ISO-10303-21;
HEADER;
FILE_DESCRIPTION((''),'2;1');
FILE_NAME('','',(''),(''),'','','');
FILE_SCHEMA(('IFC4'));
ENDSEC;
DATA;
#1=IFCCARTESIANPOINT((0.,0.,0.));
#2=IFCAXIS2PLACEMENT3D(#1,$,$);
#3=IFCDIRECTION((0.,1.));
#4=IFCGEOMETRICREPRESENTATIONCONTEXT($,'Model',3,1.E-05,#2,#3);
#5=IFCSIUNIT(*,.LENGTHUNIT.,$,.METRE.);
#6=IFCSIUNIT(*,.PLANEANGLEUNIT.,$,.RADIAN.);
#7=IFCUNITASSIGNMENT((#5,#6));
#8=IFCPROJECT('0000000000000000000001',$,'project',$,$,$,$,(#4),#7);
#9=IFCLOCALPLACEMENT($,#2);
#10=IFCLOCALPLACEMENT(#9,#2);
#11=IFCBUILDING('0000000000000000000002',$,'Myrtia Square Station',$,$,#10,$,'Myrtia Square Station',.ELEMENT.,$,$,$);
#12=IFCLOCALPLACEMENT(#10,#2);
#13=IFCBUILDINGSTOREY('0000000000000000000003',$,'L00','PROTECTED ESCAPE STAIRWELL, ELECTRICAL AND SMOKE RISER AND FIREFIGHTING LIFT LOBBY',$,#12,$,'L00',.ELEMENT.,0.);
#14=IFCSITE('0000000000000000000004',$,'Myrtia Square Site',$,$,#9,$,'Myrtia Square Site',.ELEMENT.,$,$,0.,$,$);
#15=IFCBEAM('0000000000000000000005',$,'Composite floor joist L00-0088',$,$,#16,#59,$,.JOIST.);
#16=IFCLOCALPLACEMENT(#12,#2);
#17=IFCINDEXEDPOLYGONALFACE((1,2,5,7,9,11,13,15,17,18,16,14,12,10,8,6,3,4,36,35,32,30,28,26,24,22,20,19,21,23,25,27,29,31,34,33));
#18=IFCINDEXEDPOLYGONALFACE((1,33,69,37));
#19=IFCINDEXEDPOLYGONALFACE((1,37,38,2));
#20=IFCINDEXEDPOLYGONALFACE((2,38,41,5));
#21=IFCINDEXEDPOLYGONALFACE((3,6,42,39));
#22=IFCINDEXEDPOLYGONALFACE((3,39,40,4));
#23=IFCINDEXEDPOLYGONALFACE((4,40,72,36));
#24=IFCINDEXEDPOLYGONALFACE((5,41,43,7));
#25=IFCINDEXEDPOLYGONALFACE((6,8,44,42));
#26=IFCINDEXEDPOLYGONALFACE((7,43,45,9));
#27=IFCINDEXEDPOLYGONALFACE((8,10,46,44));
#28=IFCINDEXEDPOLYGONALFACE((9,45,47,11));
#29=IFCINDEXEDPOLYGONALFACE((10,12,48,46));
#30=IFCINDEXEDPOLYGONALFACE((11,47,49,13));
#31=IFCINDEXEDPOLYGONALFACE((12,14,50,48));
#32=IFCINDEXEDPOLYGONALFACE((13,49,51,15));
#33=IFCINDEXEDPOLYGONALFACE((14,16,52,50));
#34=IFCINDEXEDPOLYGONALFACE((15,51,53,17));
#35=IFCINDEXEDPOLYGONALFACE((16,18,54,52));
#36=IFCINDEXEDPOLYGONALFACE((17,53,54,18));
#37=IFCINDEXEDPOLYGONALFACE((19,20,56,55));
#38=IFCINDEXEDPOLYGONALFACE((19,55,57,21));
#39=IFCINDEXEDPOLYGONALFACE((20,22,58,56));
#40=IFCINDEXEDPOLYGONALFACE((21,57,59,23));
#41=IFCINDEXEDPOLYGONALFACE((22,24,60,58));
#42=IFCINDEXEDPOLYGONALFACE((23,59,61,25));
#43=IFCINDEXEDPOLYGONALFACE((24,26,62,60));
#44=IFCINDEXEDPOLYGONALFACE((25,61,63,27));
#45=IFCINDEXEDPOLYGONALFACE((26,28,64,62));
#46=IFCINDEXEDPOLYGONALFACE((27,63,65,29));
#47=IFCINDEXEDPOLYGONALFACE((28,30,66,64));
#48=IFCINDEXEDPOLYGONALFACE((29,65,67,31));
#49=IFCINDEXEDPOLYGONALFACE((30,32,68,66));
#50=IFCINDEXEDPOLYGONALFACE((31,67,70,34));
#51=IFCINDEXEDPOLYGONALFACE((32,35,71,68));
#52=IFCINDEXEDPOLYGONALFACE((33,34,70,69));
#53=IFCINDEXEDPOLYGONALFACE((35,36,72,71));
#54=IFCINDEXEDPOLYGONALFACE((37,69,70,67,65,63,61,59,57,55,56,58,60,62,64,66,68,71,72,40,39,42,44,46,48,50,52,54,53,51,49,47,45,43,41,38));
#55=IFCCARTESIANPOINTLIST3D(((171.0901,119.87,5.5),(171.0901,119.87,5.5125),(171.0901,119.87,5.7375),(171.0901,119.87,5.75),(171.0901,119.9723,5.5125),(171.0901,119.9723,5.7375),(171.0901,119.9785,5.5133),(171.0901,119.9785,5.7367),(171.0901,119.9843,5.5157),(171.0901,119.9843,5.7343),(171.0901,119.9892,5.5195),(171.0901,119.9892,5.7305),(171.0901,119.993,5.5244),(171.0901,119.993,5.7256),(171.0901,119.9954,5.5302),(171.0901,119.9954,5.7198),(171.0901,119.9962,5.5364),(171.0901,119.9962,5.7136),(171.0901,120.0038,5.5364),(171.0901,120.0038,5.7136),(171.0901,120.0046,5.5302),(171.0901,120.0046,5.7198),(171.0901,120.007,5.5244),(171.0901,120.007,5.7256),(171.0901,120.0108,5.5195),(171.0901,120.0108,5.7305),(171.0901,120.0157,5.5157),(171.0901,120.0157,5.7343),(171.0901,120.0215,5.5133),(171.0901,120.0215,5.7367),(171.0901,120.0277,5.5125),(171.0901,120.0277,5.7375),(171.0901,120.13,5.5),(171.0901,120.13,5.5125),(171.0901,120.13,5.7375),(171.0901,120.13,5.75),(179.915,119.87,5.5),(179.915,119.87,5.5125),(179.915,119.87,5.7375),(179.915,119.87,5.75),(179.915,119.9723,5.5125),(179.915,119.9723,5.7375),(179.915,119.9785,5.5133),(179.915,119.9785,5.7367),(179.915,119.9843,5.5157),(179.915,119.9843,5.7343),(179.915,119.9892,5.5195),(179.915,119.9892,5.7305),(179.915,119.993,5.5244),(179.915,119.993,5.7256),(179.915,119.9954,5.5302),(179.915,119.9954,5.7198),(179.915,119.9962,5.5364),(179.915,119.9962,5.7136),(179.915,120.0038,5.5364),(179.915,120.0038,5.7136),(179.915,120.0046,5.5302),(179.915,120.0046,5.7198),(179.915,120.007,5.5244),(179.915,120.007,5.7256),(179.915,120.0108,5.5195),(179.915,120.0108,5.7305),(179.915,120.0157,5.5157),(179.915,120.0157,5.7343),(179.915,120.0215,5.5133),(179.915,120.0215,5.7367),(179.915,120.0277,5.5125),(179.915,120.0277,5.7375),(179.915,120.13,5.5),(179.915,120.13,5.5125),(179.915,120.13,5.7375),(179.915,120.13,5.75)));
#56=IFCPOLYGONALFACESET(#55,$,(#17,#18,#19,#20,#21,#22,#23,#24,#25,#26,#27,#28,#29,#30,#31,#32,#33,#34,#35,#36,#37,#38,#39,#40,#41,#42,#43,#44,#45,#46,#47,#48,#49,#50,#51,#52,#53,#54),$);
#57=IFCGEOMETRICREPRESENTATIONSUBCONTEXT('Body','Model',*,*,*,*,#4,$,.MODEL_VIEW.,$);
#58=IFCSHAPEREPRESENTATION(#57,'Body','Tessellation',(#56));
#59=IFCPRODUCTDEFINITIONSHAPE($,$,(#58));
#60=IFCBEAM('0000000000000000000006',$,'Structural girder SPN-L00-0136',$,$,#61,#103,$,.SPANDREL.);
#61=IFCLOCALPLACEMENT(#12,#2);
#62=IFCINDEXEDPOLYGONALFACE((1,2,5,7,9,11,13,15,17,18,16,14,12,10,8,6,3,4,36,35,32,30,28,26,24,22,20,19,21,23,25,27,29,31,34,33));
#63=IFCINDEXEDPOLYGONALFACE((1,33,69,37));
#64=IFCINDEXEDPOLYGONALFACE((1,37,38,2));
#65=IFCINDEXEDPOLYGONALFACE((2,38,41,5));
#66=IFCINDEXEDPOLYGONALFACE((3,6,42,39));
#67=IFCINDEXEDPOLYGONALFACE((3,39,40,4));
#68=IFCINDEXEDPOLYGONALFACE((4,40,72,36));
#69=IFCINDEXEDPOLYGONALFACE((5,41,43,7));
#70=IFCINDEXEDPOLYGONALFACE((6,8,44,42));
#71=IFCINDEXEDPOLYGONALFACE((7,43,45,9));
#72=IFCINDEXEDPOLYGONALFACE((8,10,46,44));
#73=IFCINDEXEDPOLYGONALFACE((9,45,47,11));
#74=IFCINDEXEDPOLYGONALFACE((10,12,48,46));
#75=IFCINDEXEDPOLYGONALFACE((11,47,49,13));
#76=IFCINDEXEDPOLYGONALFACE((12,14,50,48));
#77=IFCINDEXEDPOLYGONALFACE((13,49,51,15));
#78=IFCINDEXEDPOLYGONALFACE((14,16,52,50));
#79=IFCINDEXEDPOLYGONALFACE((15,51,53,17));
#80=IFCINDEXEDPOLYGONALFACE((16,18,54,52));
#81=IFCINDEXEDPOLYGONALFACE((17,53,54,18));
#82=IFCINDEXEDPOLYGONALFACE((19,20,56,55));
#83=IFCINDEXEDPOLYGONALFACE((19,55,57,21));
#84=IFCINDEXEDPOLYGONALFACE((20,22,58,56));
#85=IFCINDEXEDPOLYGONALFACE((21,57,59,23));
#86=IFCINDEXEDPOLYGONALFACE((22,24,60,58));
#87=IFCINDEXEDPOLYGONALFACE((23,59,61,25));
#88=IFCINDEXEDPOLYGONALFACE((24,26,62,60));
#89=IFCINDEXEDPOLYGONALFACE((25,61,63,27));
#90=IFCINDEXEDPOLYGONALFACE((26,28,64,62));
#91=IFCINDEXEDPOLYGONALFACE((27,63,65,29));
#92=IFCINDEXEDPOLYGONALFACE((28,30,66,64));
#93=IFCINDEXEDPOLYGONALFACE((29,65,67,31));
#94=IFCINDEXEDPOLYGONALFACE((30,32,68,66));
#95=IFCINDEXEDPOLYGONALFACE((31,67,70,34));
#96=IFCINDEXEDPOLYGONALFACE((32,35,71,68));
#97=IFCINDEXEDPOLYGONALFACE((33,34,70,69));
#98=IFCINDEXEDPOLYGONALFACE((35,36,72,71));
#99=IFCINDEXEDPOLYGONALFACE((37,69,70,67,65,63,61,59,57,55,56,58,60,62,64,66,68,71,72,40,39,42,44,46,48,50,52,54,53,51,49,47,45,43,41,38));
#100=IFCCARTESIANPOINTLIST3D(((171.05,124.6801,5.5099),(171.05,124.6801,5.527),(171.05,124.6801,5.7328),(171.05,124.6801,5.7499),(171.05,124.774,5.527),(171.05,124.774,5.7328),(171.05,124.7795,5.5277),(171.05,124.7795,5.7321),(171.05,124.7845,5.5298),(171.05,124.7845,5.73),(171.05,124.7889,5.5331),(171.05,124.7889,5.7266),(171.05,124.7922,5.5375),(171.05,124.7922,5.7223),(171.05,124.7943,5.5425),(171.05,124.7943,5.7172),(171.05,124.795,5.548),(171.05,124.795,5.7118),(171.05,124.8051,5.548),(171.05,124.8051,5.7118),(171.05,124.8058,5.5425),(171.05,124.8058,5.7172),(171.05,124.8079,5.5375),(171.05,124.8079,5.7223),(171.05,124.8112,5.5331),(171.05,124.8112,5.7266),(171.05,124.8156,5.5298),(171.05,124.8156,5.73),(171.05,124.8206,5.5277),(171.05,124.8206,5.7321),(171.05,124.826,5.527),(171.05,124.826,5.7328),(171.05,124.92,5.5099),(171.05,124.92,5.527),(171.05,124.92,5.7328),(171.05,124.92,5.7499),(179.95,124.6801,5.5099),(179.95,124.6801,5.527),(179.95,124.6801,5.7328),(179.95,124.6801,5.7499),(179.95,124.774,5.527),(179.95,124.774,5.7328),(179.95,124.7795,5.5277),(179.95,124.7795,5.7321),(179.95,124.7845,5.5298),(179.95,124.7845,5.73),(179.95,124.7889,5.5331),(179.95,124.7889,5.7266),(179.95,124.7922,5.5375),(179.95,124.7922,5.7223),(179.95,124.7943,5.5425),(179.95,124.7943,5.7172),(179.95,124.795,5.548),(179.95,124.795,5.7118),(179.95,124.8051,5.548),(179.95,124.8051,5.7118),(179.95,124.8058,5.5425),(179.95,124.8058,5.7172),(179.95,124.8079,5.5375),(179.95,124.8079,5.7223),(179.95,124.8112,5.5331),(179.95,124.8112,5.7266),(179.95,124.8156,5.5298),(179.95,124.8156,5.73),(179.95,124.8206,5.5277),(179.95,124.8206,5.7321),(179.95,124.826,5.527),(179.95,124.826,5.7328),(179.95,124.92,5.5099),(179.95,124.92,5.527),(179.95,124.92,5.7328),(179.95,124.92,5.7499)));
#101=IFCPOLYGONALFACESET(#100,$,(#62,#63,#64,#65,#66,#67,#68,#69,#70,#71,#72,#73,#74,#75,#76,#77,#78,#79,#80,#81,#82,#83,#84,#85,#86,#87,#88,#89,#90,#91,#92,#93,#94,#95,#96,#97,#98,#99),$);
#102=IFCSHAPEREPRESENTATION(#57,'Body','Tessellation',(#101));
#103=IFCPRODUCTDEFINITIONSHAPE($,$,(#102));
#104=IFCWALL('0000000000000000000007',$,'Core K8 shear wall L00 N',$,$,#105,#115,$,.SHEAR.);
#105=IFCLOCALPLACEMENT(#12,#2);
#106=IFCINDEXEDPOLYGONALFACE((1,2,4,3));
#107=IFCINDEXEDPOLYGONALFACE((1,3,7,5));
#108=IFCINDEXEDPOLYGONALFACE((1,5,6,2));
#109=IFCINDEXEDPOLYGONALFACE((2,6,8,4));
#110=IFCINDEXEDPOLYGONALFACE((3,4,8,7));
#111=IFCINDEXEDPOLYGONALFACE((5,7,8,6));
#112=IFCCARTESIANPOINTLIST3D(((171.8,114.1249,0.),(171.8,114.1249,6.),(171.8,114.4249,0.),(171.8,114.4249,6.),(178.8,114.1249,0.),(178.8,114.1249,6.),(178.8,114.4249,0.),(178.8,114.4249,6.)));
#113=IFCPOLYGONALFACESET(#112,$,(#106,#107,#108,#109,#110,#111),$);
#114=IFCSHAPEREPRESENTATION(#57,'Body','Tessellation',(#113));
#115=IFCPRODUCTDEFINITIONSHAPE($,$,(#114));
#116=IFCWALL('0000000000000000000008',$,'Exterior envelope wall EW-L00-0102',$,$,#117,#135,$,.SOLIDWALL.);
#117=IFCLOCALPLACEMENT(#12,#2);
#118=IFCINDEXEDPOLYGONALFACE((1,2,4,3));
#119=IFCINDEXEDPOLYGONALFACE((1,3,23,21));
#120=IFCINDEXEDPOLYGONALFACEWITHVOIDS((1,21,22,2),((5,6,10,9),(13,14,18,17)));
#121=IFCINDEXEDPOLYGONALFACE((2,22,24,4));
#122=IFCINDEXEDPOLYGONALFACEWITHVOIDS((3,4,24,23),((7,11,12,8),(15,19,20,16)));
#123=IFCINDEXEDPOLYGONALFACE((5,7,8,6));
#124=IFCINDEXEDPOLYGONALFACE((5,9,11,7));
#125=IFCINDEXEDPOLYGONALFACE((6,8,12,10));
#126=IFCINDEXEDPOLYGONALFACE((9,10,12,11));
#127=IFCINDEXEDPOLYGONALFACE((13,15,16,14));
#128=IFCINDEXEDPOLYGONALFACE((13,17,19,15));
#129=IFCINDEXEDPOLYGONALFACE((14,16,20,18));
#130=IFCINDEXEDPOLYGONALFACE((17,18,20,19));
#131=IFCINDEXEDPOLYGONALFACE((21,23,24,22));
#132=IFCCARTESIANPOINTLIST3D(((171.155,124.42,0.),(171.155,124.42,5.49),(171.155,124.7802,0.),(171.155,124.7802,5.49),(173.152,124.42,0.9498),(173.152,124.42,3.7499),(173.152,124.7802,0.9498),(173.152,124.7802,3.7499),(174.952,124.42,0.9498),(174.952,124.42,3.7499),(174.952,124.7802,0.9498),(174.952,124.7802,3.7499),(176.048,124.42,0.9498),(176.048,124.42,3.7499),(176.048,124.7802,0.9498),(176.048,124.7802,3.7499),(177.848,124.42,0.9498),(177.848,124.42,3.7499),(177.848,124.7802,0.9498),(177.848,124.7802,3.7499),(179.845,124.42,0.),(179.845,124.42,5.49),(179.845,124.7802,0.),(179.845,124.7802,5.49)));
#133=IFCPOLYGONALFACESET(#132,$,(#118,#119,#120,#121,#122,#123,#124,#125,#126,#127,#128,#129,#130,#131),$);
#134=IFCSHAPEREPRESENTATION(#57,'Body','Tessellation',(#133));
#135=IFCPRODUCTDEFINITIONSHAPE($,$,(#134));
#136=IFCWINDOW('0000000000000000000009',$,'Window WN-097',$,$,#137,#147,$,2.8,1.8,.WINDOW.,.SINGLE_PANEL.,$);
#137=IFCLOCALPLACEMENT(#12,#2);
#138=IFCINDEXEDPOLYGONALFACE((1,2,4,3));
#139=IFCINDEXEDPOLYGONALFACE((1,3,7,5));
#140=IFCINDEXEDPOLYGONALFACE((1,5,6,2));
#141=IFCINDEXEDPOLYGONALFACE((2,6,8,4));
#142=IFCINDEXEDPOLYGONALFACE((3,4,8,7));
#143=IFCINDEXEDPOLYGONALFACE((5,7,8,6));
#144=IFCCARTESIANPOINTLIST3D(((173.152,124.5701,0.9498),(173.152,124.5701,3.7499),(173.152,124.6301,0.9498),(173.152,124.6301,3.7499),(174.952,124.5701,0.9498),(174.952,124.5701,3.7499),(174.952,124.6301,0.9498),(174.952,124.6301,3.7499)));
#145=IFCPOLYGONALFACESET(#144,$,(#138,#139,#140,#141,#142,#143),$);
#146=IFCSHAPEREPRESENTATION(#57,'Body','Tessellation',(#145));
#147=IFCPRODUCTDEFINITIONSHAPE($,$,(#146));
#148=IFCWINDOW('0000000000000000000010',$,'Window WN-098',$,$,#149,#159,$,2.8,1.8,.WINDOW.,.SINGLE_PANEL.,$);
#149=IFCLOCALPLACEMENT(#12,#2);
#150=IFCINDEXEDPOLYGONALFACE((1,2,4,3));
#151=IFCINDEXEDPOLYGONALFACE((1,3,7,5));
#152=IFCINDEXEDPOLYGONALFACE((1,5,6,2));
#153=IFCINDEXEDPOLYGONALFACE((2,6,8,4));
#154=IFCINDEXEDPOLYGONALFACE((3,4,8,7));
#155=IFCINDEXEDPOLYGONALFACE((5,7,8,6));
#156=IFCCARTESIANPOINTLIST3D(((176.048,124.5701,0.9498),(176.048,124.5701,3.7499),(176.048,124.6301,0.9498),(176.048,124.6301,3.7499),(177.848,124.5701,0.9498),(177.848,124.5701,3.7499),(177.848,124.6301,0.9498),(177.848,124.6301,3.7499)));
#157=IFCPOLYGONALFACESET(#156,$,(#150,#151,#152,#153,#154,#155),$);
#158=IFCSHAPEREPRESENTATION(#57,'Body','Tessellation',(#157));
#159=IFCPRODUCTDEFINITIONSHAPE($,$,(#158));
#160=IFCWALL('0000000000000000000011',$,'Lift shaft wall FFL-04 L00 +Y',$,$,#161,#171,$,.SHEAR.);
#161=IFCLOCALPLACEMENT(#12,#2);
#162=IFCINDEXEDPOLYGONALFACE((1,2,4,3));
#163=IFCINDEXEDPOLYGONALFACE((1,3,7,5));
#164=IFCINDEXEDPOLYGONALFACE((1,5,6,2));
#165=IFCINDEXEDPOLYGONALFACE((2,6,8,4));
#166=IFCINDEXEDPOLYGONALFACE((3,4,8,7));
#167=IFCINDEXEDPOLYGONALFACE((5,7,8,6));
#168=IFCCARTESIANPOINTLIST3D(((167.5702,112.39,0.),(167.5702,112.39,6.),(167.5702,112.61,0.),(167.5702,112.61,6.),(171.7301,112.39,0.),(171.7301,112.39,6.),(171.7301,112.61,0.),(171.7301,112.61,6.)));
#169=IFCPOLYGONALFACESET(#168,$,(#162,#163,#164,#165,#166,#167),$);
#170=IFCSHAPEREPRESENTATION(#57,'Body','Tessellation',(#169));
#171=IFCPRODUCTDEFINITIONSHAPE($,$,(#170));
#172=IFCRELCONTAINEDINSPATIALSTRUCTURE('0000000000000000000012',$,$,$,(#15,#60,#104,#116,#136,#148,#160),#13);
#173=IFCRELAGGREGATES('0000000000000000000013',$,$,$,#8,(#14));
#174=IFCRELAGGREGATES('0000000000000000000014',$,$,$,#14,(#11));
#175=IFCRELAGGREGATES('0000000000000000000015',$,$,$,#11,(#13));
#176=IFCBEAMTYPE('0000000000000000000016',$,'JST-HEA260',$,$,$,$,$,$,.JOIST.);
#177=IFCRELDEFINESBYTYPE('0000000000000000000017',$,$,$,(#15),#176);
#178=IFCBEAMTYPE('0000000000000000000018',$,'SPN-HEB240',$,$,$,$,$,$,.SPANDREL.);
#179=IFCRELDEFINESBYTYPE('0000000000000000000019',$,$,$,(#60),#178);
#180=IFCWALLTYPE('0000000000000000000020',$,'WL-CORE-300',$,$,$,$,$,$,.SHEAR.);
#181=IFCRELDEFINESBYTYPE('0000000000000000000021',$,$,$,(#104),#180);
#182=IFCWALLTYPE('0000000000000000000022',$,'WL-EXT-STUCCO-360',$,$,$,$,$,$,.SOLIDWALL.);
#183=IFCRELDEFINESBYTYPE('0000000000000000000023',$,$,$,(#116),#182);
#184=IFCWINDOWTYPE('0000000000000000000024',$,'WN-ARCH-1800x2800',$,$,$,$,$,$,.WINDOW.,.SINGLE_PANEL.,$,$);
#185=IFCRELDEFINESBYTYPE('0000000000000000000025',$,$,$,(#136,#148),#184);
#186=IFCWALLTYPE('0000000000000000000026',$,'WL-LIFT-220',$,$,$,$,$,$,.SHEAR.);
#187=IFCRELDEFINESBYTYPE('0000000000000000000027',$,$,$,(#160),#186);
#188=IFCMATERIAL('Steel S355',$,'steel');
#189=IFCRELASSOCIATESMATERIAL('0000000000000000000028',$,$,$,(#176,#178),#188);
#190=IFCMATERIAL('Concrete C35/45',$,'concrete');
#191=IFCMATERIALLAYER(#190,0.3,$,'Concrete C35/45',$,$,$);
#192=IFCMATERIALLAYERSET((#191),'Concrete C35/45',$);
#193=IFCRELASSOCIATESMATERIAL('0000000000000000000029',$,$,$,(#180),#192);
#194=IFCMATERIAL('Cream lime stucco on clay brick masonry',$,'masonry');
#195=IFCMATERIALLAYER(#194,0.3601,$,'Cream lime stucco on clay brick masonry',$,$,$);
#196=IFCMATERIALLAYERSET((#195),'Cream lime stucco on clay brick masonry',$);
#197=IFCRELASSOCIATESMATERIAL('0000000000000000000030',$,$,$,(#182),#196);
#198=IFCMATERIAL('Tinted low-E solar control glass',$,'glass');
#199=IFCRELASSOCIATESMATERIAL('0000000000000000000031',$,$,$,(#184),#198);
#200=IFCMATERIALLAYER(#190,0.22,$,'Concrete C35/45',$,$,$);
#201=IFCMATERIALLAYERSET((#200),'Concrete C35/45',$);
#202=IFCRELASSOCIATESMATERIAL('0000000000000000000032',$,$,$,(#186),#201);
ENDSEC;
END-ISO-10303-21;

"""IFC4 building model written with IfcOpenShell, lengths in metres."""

from ifc_helpers import new_model, si_unit, direction, frame, frame_2d, origin, origin_2d, place, context, subcontext, project, spatial, rectangle, i_section, extrude, material, layer, layer_set, material_profile, profile_set, type_object, element, fill, save


model = new_model("IFC4")

# Units and contexts
model_context = context("Model", 3, precision=1e-05, world=origin(), true_north=direction((0.0, 1.0)))
body_context = subcontext(model_context, "Body", "Model", "MODEL_VIEW")
ifc_project = project(units=[si_unit("LENGTHUNIT", "METRE"), si_unit("PLANEANGLEUNIT", "RADIAN")], contexts=[model_context])

# Site, building, storey
site_placement = place(None, origin())
site = spatial("IfcSite", under=ifc_project, at=site_placement, Name="Myrtia Square Site", LongName="Myrtia Square Site", CompositionType="ELEMENT", RefElevation=0.0)
building_placement = place(site_placement, origin())
building = spatial("IfcBuilding", under=site, at=building_placement, Name="Myrtia Square Station", LongName="Myrtia Square Station", CompositionType="ELEMENT")
storey_placement = place(building_placement, origin())
storey = spatial("IfcBuildingStorey", under=building, at=storey_placement, Name="L00", Description="PROTECTED ESCAPE STAIRWELL, ELECTRICAL AND SMOKE RISER AND FIREFIGHTING LIFT LOBBY", LongName="L00", CompositionType="ELEMENT", Elevation=0.0)

# Shared definitions
ifc_material_1 = material(Name="Steel S355", Category="steel")

# Beams
ifc_material_profile_1 = material_profile(ifc_material_1, i_section(OverallWidth=0.26, OverallDepth=0.25, WebThickness=0.0076, FlangeThickness=0.0125, FilletRadius=0.0239, at=origin_2d()), Name="HEA 260")
ifc_profile_set_1 = profile_set([ifc_material_profile_1], Name="Steel S355")
beam_type_1 = type_object("IfcBeamType", Name="JST-HEA260", PredefinedType="JOIST", material=ifc_profile_set_1)
beam_1_placement = place(storey_placement, frame((171.0901, 120.0, 5.625), z_axis=(1.0, 0.0, 0.0), x_axis=(0.0, 1.0, 0.0)))
element("IfcBeam", 1, at=beam_1_placement, inside=storey, type_object=beam_type_1, Name="Composite floor joist L00-0088", PredefinedType="JOIST", context=body_context, shape_type="SweptSolid", body=[
    extrude(i_section(OverallWidth=0.26, OverallDepth=0.25, WebThickness=0.0076, FlangeThickness=0.0125, FilletRadius=0.0239, at=origin_2d()), origin(), (0.0, 0.0, 1.0), 8.825),
])
ifc_material_profile_2 = material_profile(ifc_material_1, i_section(OverallWidth=0.24, OverallDepth=0.24, WebThickness=0.01, FlangeThickness=0.0171, FilletRadius=0.021, at=origin_2d()), Name="HEB 240")
ifc_profile_set_2 = profile_set([ifc_material_profile_2], Name="Steel S355")
beam_type_2 = type_object("IfcBeamType", Name="SPN-HEB240", PredefinedType="SPANDREL", material=ifc_profile_set_2)
beam_2_placement = place(storey_placement, frame((171.05, 124.8, 5.6299), z_axis=(1.0, 0.0, 0.0), x_axis=(0.0, 1.0, 0.0)))
element("IfcBeam", 2, at=beam_2_placement, inside=storey, type_object=beam_type_2, Name="Structural girder SPN-L00-0136", PredefinedType="SPANDREL", context=body_context, shape_type="SweptSolid", body=[
    extrude(i_section(OverallWidth=0.24, OverallDepth=0.24, WebThickness=0.01, FlangeThickness=0.0171, FilletRadius=0.021, at=origin_2d()), origin(), (0.0, 0.0, 1.0), 8.8999),
])

# Wall
ifc_material_2 = material(Name="Concrete C35/45", Category="concrete")
ifc_layer_1 = layer(ifc_material_2, 0.3, Name="Concrete C35/45")
ifc_layer_set_1 = layer_set([ifc_layer_1], Name="Concrete C35/45")
wall_type_1 = type_object("IfcWallType", Name="WL-CORE-300", PredefinedType="SHEAR", material=ifc_layer_set_1)
wall_1_placement = place(storey_placement, frame((171.8, 114.2749, 0.0), z_axis=(0.0, 0.0, 1.0), x_axis=(1.0, 0.0, 0.0)))
element("IfcWall", 3, at=wall_1_placement, inside=storey, type_object=wall_type_1, Name="Core K8 shear wall L00 N", PredefinedType="SHEAR", context=body_context, shape_type="SweptSolid", body=[
    extrude(rectangle(XDim=7.0, YDim=0.3, at=frame_2d((3.5, 0.0))), origin(), (0.0, 0.0, 1.0), 6.0),
])

# Wall, openings, windows
ifc_material_3 = material(Name="Cream lime stucco on clay brick masonry", Category="masonry")
ifc_layer_2 = layer(ifc_material_3, 0.3601, Name="Cream lime stucco on clay brick masonry")
ifc_layer_set_2 = layer_set([ifc_layer_2], Name="Cream lime stucco on clay brick masonry")
wall_type_2 = type_object("IfcWallType", Name="WL-EXT-STUCCO-360", PredefinedType="SOLIDWALL", material=ifc_layer_set_2)
wall_2_placement = place(storey_placement, frame((171.155, 124.6001, 0.0), z_axis=(0.0, 0.0, 1.0), x_axis=(1.0, 0.0, 0.0)))
wall_2 = element("IfcWall", 4, at=wall_2_placement, inside=storey, type_object=wall_type_2, Name="Exterior envelope wall EW-L00-0102", PredefinedType="SOLIDWALL", context=body_context, shape_type="SweptSolid", body=[
    extrude(rectangle(XDim=8.6899, YDim=0.3601, at=frame_2d((4.345, 0.0))), origin(), (0.0, 0.0, 1.0), 5.49),
])
opening_1_placement = place(wall_2_placement, frame((1.9971, 0.0, 0.95)))
opening_1 = element("IfcOpeningElement", 5, at=opening_1_placement, cuts=wall_2, PredefinedType="OPENING", context=body_context, shape_type="SweptSolid", body=[
    extrude(rectangle(XDim=1.8, YDim=2.8, at=frame_2d((0.8999, 1.3999))), frame((0.0, 0.1951, 0.0), z_axis=(0.0, -1.0, 0.0), x_axis=(1.0, 0.0, 0.0)), (0.0, 0.0, 1.0), 0.3901),
])
opening_2_placement = place(wall_2_placement, frame((4.8931, 0.0, 0.95)))
opening_2 = element("IfcOpeningElement", 6, at=opening_2_placement, cuts=wall_2, PredefinedType="OPENING", context=body_context, shape_type="SweptSolid", body=[
    extrude(rectangle(XDim=1.8, YDim=2.8, at=frame_2d((0.8999, 1.3999))), frame((0.0, 0.1951, 0.0), z_axis=(0.0, -1.0, 0.0), x_axis=(1.0, 0.0, 0.0)), (0.0, 0.0, 1.0), 0.3901),
])
ifc_material_4 = material(Name="Tinted low-E solar control glass", Category="glass")
window_type = type_object("IfcWindowType", Name="WN-ARCH-1800x2800", PartitioningType="SINGLE_PANEL", PredefinedType="WINDOW", material=ifc_material_4)
window_1_placement = place(opening_1_placement, origin())
window_1 = element("IfcWindow", 7, at=window_1_placement, inside=storey, type_object=window_type, Name="Window WN-097", OverallHeight=2.8, OverallWidth=1.8, PartitioningType="SINGLE_PANEL", PredefinedType="WINDOW", context=body_context, shape_type="SweptSolid", body=[
    extrude(rectangle(XDim=1.8, YDim=2.8, at=frame_2d((0.8999, 1.3999))), frame((0.0, 0.03, 0.0), z_axis=(0.0, -1.0, 0.0), x_axis=(1.0, 0.0, 0.0)), (0.0, 0.0, 1.0), 0.0601),
])
fill(opening_1, window_1)
window_2_placement = place(opening_2_placement, origin())
window_2 = element("IfcWindow", 8, at=window_2_placement, inside=storey, type_object=window_type, Name="Window WN-098", OverallHeight=2.8, OverallWidth=1.8, PartitioningType="SINGLE_PANEL", PredefinedType="WINDOW", context=body_context, shape_type="SweptSolid", body=[
    extrude(rectangle(XDim=1.8, YDim=2.8, at=frame_2d((0.8999, 1.3999))), frame((0.0, 0.03, 0.0), z_axis=(0.0, -1.0, 0.0), x_axis=(1.0, 0.0, 0.0)), (0.0, 0.0, 1.0), 0.0601),
])
fill(opening_2, window_2)

# Wall
ifc_layer_3 = layer(ifc_material_2, 0.22, Name="Concrete C35/45")
ifc_layer_set_3 = layer_set([ifc_layer_3], Name="Concrete C35/45")
wall_type_3 = type_object("IfcWallType", Name="WL-LIFT-220", PredefinedType="SHEAR", material=ifc_layer_set_3)
wall_3_placement = place(storey_placement, frame((167.5701, 112.5, 0.0), z_axis=(0.0, 0.0, 1.0), x_axis=(1.0, 0.0, 0.0)))
element("IfcWall", 9, at=wall_3_placement, inside=storey, type_object=wall_type_3, Name="Lift shaft wall FFL-04 L00 +Y", PredefinedType="SHEAR", context=body_context, shape_type="SweptSolid", body=[
    extrude(rectangle(XDim=4.1599, YDim=0.22, at=frame_2d((2.0801, 0.0))), origin(), (0.0, 0.0, 1.0), 6.0),
])

save(model, "model.ifc")
